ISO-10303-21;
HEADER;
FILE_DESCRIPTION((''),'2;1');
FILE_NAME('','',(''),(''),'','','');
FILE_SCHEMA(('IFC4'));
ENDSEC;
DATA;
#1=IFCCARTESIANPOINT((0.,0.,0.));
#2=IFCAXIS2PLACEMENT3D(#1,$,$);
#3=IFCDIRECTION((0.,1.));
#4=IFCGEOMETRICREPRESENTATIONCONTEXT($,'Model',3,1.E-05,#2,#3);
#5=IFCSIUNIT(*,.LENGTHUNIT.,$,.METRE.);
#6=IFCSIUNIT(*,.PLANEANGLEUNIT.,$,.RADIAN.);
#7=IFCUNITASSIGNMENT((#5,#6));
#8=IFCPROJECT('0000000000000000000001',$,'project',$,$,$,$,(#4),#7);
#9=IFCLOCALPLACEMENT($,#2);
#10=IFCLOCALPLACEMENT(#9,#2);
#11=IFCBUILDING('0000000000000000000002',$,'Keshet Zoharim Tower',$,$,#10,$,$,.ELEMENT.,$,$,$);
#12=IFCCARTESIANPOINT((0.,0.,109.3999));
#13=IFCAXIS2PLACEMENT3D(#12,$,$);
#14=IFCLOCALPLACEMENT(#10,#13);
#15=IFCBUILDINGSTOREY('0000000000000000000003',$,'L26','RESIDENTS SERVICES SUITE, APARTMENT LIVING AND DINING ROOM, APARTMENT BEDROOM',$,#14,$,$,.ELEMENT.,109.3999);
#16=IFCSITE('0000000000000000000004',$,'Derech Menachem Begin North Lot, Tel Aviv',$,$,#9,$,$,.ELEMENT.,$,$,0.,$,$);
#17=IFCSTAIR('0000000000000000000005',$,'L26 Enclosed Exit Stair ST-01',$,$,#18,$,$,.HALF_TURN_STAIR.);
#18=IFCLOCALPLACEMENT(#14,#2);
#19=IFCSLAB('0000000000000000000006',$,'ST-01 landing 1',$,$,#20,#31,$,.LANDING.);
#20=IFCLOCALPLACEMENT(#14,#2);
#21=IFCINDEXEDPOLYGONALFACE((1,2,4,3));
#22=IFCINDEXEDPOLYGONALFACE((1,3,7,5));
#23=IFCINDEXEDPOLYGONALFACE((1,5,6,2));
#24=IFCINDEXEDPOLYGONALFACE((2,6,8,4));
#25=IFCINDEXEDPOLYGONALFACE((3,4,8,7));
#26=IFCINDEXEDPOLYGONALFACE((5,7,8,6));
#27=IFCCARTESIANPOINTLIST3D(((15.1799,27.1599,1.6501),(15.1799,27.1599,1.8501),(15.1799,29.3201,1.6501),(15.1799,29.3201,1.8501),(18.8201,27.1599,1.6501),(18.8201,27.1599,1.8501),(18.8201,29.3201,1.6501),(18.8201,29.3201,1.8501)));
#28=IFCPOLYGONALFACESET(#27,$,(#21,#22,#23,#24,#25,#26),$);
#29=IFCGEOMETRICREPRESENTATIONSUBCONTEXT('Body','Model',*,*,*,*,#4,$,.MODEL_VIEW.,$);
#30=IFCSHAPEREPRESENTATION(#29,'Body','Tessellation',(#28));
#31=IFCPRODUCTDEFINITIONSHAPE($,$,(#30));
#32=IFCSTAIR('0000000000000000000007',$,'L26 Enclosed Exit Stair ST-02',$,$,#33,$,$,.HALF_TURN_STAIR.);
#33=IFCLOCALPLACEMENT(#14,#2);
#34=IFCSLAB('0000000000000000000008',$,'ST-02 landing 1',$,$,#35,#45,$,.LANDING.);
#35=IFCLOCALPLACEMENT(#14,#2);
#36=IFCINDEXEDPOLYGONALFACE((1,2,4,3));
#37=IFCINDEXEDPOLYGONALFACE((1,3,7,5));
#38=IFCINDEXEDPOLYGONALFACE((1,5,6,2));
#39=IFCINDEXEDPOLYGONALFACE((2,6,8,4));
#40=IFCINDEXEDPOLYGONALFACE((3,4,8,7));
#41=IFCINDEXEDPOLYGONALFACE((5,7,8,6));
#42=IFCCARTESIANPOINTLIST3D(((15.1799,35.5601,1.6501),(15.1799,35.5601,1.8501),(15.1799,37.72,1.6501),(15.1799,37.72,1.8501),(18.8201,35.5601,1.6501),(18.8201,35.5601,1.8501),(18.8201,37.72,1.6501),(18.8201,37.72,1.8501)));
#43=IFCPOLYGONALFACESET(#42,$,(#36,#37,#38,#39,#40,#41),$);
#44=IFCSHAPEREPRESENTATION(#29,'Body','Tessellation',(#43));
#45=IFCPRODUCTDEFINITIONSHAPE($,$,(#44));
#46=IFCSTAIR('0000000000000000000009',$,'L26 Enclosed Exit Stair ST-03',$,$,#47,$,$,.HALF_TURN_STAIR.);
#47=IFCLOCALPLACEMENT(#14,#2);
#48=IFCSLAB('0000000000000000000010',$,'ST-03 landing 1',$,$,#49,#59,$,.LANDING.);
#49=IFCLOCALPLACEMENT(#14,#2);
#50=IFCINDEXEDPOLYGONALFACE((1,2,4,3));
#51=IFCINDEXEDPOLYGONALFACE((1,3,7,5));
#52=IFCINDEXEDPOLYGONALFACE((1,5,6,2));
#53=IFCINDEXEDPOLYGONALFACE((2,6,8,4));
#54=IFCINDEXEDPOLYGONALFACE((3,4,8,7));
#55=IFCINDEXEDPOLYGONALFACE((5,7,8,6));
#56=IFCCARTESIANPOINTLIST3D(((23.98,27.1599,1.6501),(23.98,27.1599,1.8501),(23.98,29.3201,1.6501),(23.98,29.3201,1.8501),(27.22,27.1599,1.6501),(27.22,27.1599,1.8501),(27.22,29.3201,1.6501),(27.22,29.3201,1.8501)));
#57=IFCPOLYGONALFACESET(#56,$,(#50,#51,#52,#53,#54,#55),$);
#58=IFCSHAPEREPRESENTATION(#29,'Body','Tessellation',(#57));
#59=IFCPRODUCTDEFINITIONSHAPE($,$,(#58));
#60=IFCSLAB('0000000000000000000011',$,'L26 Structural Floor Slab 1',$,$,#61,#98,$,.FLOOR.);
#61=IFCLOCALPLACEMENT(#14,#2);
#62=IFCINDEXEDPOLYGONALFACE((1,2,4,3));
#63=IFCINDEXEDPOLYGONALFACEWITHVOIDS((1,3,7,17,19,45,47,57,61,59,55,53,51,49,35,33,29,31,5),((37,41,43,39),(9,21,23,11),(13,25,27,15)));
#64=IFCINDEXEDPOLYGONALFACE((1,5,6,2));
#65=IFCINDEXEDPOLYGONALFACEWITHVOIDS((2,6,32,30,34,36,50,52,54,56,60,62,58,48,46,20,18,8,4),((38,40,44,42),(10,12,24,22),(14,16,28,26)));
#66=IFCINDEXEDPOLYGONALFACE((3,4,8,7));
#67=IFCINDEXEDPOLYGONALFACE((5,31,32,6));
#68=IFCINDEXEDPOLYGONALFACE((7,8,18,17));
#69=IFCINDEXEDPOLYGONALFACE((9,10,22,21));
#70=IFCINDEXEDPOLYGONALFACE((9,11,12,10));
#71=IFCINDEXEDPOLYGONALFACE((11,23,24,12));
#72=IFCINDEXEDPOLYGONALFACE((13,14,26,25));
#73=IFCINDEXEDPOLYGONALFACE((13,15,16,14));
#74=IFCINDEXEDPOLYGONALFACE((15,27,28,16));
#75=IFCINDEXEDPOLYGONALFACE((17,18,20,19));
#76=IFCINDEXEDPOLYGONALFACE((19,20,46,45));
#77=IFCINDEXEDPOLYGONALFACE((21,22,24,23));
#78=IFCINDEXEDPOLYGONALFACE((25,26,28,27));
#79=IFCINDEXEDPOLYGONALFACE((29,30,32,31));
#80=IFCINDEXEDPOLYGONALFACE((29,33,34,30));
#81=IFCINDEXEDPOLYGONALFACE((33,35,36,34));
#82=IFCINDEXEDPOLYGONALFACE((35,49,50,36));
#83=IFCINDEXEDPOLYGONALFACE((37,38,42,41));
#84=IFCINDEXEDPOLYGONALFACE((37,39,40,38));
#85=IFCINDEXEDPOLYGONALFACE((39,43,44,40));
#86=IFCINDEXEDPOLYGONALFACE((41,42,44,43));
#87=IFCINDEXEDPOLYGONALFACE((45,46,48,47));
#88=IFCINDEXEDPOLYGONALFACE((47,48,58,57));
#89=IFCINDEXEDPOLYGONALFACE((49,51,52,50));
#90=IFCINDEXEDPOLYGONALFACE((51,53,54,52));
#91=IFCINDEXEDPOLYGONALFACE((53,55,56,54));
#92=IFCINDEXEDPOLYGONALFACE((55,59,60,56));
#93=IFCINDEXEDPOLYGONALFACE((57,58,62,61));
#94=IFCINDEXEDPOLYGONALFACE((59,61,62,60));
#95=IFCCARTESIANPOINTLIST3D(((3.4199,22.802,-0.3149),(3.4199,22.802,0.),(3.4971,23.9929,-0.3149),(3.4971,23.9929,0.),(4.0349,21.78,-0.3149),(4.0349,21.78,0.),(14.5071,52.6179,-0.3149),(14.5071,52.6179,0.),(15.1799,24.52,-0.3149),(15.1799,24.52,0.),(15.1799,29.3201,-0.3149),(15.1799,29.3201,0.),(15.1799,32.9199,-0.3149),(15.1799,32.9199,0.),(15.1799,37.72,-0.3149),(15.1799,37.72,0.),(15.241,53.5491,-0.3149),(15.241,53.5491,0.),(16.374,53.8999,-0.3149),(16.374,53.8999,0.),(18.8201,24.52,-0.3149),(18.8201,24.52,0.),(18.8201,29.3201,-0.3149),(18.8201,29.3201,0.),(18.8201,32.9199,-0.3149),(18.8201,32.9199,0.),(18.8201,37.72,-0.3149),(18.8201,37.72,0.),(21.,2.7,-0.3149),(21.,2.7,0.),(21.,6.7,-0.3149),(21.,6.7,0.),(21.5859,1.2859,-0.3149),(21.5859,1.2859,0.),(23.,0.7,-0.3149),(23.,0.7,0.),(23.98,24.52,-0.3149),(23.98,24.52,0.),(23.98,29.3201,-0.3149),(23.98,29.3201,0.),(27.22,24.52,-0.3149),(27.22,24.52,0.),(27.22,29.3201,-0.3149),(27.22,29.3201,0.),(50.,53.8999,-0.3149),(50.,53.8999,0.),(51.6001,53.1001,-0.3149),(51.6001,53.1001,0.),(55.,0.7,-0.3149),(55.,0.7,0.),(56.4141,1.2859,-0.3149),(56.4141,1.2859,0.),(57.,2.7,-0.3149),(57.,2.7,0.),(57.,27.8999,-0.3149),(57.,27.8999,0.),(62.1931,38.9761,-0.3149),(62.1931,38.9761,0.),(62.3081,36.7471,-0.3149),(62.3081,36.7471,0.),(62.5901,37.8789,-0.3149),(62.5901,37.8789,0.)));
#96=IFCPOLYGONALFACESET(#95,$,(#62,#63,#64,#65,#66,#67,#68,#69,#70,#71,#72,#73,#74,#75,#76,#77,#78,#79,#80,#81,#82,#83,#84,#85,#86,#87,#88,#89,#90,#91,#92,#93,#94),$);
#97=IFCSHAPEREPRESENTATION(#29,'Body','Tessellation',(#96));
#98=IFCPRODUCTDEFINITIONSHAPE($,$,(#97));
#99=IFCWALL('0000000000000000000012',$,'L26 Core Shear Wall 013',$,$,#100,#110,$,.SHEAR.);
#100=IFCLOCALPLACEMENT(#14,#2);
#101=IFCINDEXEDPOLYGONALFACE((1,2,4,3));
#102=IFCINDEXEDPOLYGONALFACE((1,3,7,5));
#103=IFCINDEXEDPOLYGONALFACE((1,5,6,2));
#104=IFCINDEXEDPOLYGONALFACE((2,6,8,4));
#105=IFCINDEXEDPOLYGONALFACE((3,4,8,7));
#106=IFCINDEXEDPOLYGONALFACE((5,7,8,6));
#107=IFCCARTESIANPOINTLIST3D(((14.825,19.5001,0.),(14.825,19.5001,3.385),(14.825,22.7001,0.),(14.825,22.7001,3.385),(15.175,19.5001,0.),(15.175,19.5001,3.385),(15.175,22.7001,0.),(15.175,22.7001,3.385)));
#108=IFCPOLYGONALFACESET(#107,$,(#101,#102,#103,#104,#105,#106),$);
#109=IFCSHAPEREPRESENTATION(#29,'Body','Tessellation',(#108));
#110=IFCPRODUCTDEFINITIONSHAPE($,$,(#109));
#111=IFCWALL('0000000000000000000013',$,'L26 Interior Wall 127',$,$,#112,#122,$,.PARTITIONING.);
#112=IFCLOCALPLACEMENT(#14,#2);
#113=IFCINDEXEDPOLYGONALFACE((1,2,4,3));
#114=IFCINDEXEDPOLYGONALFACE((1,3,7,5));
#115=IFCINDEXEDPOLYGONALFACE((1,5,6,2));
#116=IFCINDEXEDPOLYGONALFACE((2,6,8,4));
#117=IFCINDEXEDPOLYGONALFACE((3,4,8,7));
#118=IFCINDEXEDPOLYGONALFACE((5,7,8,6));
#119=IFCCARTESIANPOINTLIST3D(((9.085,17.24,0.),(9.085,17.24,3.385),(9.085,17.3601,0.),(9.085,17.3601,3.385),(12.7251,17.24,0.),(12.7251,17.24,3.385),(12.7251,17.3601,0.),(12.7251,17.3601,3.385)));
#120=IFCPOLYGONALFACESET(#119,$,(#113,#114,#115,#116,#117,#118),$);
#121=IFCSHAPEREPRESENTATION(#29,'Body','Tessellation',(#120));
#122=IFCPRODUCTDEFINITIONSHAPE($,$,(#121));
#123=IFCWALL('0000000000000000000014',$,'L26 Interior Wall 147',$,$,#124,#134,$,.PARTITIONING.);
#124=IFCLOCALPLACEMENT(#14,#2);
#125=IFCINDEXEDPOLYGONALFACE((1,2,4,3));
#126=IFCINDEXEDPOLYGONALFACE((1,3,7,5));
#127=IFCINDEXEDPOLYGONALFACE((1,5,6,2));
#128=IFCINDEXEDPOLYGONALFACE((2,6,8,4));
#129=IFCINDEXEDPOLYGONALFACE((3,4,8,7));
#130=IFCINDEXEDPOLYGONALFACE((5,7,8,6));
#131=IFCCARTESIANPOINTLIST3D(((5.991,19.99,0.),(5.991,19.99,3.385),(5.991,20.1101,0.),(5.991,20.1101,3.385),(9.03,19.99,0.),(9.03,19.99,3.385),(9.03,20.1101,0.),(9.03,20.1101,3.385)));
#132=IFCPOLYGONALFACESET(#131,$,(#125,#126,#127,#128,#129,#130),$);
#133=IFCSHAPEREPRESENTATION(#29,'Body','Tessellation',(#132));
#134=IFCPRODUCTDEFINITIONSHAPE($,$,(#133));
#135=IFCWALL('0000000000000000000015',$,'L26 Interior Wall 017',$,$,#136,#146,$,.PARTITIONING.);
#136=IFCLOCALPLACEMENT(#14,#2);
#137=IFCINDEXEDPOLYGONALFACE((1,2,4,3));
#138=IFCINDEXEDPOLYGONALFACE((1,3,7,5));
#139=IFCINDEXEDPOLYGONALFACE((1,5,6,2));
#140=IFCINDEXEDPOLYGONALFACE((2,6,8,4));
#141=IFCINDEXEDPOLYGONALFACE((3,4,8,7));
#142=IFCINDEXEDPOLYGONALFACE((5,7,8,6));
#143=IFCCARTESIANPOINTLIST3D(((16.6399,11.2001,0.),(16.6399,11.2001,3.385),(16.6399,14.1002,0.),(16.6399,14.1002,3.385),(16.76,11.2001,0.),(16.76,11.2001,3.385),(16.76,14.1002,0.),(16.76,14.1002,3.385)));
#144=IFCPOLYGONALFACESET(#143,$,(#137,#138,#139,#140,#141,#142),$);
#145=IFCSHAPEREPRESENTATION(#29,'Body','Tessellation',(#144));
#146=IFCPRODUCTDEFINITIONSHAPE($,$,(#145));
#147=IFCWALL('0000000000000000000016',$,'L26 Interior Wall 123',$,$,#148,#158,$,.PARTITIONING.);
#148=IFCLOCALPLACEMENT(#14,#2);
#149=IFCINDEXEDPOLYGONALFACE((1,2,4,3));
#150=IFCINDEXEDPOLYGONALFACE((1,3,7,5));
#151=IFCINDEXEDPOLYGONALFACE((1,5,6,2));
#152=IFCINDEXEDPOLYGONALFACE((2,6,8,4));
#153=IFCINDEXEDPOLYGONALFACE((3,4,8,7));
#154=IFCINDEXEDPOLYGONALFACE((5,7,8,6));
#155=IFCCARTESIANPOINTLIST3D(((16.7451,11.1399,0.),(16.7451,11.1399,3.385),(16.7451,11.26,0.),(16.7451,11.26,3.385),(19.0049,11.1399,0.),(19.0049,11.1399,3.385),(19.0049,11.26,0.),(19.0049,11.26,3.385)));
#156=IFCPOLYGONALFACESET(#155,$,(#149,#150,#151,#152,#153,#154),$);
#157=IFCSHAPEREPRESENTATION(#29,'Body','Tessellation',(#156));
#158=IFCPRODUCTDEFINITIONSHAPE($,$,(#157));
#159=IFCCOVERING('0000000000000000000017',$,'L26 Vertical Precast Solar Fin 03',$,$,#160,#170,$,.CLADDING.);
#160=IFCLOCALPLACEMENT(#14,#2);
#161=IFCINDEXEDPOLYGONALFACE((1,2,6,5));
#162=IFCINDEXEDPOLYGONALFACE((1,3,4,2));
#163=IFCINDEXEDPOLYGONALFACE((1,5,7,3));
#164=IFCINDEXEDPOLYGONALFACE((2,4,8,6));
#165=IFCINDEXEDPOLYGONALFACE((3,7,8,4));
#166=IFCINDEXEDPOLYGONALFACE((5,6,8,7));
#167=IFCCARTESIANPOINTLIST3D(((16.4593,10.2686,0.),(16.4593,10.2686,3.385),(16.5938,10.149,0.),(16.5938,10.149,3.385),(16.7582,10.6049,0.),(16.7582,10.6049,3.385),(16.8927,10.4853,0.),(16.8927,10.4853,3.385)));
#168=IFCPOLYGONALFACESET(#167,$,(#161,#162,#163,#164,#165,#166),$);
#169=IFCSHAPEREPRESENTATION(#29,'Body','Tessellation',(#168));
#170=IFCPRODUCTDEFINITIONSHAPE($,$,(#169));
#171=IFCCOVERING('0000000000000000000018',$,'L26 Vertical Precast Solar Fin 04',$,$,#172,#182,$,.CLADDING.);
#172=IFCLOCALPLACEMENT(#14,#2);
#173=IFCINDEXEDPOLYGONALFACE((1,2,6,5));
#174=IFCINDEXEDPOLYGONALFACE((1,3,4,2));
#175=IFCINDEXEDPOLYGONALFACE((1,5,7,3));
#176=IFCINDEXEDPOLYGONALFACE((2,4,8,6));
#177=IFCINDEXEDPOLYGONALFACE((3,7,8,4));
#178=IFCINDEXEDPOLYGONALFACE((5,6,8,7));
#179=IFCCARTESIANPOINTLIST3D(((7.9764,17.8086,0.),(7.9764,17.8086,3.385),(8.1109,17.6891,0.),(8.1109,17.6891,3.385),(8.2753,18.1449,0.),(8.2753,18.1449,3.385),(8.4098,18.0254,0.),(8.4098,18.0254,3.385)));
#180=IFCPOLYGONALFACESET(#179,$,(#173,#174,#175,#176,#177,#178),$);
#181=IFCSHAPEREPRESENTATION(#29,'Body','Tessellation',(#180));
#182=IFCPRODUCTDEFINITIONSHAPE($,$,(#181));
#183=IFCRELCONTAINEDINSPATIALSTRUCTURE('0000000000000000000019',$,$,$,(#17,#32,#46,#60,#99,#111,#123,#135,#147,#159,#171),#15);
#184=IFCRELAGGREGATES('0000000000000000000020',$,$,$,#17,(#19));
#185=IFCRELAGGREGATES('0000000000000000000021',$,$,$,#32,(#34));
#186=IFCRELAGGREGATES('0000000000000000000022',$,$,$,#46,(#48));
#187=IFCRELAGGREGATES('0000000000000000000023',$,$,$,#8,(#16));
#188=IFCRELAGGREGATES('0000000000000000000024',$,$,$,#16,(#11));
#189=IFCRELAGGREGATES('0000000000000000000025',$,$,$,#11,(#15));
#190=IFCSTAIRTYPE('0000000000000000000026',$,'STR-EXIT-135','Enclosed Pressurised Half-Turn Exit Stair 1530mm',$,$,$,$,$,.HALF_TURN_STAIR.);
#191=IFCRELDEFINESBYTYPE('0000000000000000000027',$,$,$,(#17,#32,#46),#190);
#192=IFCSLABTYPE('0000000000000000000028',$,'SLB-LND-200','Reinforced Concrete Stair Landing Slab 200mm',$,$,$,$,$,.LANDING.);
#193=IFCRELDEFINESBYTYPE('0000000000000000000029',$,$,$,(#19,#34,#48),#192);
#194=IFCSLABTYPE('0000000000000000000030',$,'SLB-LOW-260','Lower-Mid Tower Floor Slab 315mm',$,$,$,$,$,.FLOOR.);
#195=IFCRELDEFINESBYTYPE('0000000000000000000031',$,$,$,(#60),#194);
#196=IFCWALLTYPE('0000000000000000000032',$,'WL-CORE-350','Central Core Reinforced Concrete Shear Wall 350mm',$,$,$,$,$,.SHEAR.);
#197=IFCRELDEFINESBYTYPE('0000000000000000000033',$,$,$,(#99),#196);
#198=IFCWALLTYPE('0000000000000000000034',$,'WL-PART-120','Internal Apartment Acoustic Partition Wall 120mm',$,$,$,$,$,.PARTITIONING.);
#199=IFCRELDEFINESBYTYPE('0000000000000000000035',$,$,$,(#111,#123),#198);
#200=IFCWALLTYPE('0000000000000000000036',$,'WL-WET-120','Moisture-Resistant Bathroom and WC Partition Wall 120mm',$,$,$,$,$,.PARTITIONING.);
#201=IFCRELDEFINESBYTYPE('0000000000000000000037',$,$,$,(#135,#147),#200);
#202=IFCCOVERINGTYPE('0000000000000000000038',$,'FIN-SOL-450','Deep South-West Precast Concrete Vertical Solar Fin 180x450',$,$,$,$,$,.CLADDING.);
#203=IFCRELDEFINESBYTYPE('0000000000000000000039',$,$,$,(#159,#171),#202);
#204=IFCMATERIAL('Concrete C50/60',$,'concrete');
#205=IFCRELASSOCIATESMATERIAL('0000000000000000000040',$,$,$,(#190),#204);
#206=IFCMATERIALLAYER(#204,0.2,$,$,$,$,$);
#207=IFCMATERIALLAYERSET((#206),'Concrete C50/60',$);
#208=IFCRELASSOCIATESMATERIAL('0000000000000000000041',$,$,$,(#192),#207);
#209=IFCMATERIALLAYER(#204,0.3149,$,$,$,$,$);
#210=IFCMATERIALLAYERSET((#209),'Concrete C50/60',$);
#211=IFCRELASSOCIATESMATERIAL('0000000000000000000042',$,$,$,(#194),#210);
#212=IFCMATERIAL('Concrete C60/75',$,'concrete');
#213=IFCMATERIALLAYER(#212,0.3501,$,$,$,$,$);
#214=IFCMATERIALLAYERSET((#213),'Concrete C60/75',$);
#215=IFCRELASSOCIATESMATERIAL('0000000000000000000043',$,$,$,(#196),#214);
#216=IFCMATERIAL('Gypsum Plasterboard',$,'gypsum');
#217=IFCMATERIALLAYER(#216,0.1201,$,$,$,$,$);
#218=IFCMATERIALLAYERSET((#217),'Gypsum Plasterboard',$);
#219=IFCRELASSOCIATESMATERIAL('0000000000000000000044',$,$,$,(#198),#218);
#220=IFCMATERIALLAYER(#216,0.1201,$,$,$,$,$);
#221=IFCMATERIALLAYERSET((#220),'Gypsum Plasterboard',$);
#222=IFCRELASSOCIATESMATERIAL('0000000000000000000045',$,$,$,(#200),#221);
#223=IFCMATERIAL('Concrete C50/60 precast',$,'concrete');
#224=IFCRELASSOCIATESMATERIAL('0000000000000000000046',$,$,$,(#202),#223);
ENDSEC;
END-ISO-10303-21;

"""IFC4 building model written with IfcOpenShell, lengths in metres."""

from ifc_helpers import new_model, si_unit, direction, frame, frame_2d, origin, origin_2d, place, context, subcontext, project, spatial, polyline, rectangle, outline, extrude, material, layer, layer_set, type_object, element, aggregate, save


model = new_model("IFC4")

# Units and contexts
model_context = context("Model", 3, precision=1e-05, world=origin(), true_north=direction((0.0, 1.0)))
body_context = subcontext(model_context, "Body", "Model", "MODEL_VIEW")
ifc_project = project(units=[si_unit("LENGTHUNIT", "METRE"), si_unit("PLANEANGLEUNIT", "RADIAN")], contexts=[model_context])

# Site, building, storey
site_placement = place(None, origin())
site = spatial("IfcSite", under=ifc_project, at=site_placement, Name="Derech Menachem Begin North Lot, Tel Aviv", CompositionType="ELEMENT", RefElevation=0.0)
building_placement = place(site_placement, origin())
building = spatial("IfcBuilding", under=site, at=building_placement, Name="Keshet Zoharim Tower", CompositionType="ELEMENT")
storey_placement = place(building_placement, frame((0.0, 0.0, 109.3999)))
storey = spatial("IfcBuildingStorey", under=building, at=storey_placement, Name="L26", Description="RESIDENTS SERVICES SUITE, APARTMENT LIVING AND DINING ROOM, APARTMENT BEDROOM", CompositionType="ELEMENT", Elevation=109.3999)

# Shared definitions
ifc_material_1 = material(Name="Concrete C60/75", Category="concrete")

# Stairs, slabs
ifc_material_2 = material(Name="Concrete C50/60", Category="concrete")
stair_type = type_object("IfcStairType", Name="STR-EXIT-135", Description="Enclosed Pressurised Half-Turn Exit Stair 1530mm", PredefinedType="HALF_TURN_STAIR", material=ifc_material_2)
stair_1_placement = place(storey_placement, origin())
stair_1 = element("IfcStair", 1, at=stair_1_placement, inside=storey, type_object=stair_type, Name="L26 Enclosed Exit Stair ST-01", PredefinedType="HALF_TURN_STAIR")
ifc_layer_1 = layer(ifc_material_2, 0.2)
ifc_layer_set_1 = layer_set([ifc_layer_1], Name="Concrete C50/60")
slab_type_1 = type_object("IfcSlabType", Name="SLB-LND-200", Description="Reinforced Concrete Stair Landing Slab 200mm", PredefinedType="LANDING", material=ifc_layer_set_1)
slab_1_placement = place(storey_placement, frame((0.0, 0.0, 1.6501)))
slab_1 = element("IfcSlab", 2, at=slab_1_placement, type_object=slab_type_1, Name="ST-01 landing 1", PredefinedType="LANDING", context=body_context, shape_type="SweptSolid", body=[
    extrude(outline(polyline([(15.1799, 27.1599), (18.8201, 27.1599), (18.8201, 29.3201), (15.1799, 29.3201), (15.1799, 27.1599)])), origin(), (0.0, 0.0, 1.0), 0.2),
])
aggregate(stair_1, [slab_1])
stair_2_placement = place(storey_placement, origin())
stair_2 = element("IfcStair", 3, at=stair_2_placement, inside=storey, type_object=stair_type, Name="L26 Enclosed Exit Stair ST-02", PredefinedType="HALF_TURN_STAIR")
slab_2_placement = place(storey_placement, frame((0.0, 0.0, 1.6501)))
slab_2 = element("IfcSlab", 4, at=slab_2_placement, type_object=slab_type_1, Name="ST-02 landing 1", PredefinedType="LANDING", context=body_context, shape_type="SweptSolid", body=[
    extrude(outline(polyline([(15.1799, 35.5601), (18.8201, 35.5601), (18.8201, 37.72), (15.1799, 37.72), (15.1799, 35.5601)])), origin(), (0.0, 0.0, 1.0), 0.2),
])
aggregate(stair_2, [slab_2])
stair_3_placement = place(storey_placement, origin())
stair_3 = element("IfcStair", 5, at=stair_3_placement, inside=storey, type_object=stair_type, Name="L26 Enclosed Exit Stair ST-03", PredefinedType="HALF_TURN_STAIR")
slab_3_placement = place(storey_placement, frame((0.0, 0.0, 1.6501)))
slab_3 = element("IfcSlab", 6, at=slab_3_placement, type_object=slab_type_1, Name="ST-03 landing 1", PredefinedType="LANDING", context=body_context, shape_type="SweptSolid", body=[
    extrude(outline(polyline([(23.98, 27.1599), (27.22, 27.1599), (27.22, 29.3201), (23.98, 29.3201), (23.98, 27.1599)])), origin(), (0.0, 0.0, 1.0), 0.2),
])
aggregate(stair_3, [slab_3])

# Slab
ifc_layer_2 = layer(ifc_material_2, 0.3149)
ifc_layer_set_2 = layer_set([ifc_layer_2], Name="Concrete C50/60")
slab_type_2 = type_object("IfcSlabType", Name="SLB-LOW-260", Description="Lower-Mid Tower Floor Slab 315mm", PredefinedType="FLOOR", material=ifc_layer_set_2)
slab_4_placement = place(storey_placement, frame((0.0, 0.0, -0.3149)))
element("IfcSlab", 7, at=slab_4_placement, inside=storey, type_object=slab_type_2, Name="L26 Structural Floor Slab 1", PredefinedType="FLOOR", context=body_context, shape_type="SweptSolid", body=[
    extrude(outline(polyline([(57.0, 2.7), (56.4141, 1.2859), (55.0, 0.7), (23.0, 0.7), (21.5859, 1.2859), (21.0, 2.7), (21.0, 6.7), (4.0349, 21.78), (3.4199, 22.802), (3.4971, 23.9929), (14.5071, 52.6179), (15.241, 53.5491), (16.374, 53.8999), (50.0, 53.8999), (51.6001, 53.1001), (62.1931, 38.9761), (62.5901, 37.8789), (62.3081, 36.7471), (57.0, 27.8999), (57.0, 2.7)]), holes=[polyline([(15.1799, 24.52), (18.8201, 24.52), (18.8201, 29.3201), (15.1799, 29.3201), (15.1799, 24.52)]), polyline([(15.1799, 32.9199), (18.8201, 32.9199), (18.8201, 37.72), (15.1799, 37.72), (15.1799, 32.9199)]), polyline([(23.98, 24.52), (27.22, 24.52), (27.22, 29.3201), (23.98, 29.3201), (23.98, 24.52)])]), origin(), (0.0, 0.0, 1.0), 0.3149),
])

# Wall
ifc_layer_3 = layer(ifc_material_1, 0.3501)
ifc_layer_set_3 = layer_set([ifc_layer_3], Name="Concrete C60/75")
wall_type_1 = type_object("IfcWallType", Name="WL-CORE-350", Description="Central Core Reinforced Concrete Shear Wall 350mm", PredefinedType="SHEAR", material=ifc_layer_set_3)
wall_1_placement = place(storey_placement, frame((15.0, 19.5, 0.0), z_axis=(0.0, 0.0, 1.0), x_axis=(0.0, 1.0, 0.0)))
element("IfcWall", 8, at=wall_1_placement, inside=storey, type_object=wall_type_1, Name="L26 Core Shear Wall 013", PredefinedType="SHEAR", context=body_context, shape_type="SweptSolid", body=[
    extrude(rectangle(XDim=3.2, YDim=0.3501, at=frame_2d((1.6001, 0.0))), origin(), (0.0, 0.0, 1.0), 3.385),
])

# Shared definitions
ifc_material_3 = material(Name="Gypsum Plasterboard", Category="gypsum")
ifc_layer_4 = layer(ifc_material_3, 0.1201)
ifc_layer_set_4 = layer_set([ifc_layer_4], Name="Gypsum Plasterboard")
wall_type_2 = type_object("IfcWallType", Name="WL-PART-120", Description="Internal Apartment Acoustic Partition Wall 120mm", PredefinedType="PARTITIONING", material=ifc_layer_set_4)

# Walls
wall_2_placement = place(storey_placement, frame((9.085, 17.3, 0.0), z_axis=(0.0, 0.0, 1.0), x_axis=(1.0, 0.0, 0.0)))
element("IfcWall", 9, at=wall_2_placement, inside=storey, type_object=wall_type_2, Name="L26 Interior Wall 127", PredefinedType="PARTITIONING", context=body_context, shape_type="SweptSolid", body=[
    extrude(rectangle(XDim=3.6401, YDim=0.1201, at=frame_2d((1.8201, 0.0))), origin(), (0.0, 0.0, 1.0), 3.385),
])
wall_3_placement = place(storey_placement, frame((5.991, 20.05, 0.0), z_axis=(0.0, 0.0, 1.0), x_axis=(1.0, 0.0, 0.0)))
element("IfcWall", 10, at=wall_3_placement, inside=storey, type_object=wall_type_2, Name="L26 Interior Wall 147", PredefinedType="PARTITIONING", context=body_context, shape_type="SweptSolid", body=[
    extrude(rectangle(XDim=3.0391, YDim=0.1201, at=frame_2d((1.5195, 0.0))), origin(), (0.0, 0.0, 1.0), 3.385),
])
ifc_layer_5 = layer(ifc_material_3, 0.1201)
ifc_layer_set_5 = layer_set([ifc_layer_5], Name="Gypsum Plasterboard")
wall_type_3 = type_object("IfcWallType", Name="WL-WET-120", Description="Moisture-Resistant Bathroom and WC Partition Wall 120mm", PredefinedType="PARTITIONING", material=ifc_layer_set_5)
wall_4_placement = place(storey_placement, frame((16.7, 11.2, 0.0), z_axis=(0.0, 0.0, 1.0), x_axis=(0.0, 1.0, 0.0)))
element("IfcWall", 11, at=wall_4_placement, inside=storey, type_object=wall_type_3, Name="L26 Interior Wall 017", PredefinedType="PARTITIONING", context=body_context, shape_type="SweptSolid", body=[
    extrude(rectangle(XDim=2.9001, YDim=0.1201, at=frame_2d((1.4502, 0.0))), origin(), (0.0, 0.0, 1.0), 3.385),
])
wall_5_placement = place(storey_placement, frame((16.7451, 11.2, 0.0), z_axis=(0.0, 0.0, 1.0), x_axis=(1.0, 0.0, 0.0)))
element("IfcWall", 12, at=wall_5_placement, inside=storey, type_object=wall_type_3, Name="L26 Interior Wall 123", PredefinedType="PARTITIONING", context=body_context, shape_type="SweptSolid", body=[
    extrude(rectangle(XDim=2.2598, YDim=0.1201, at=frame_2d((1.1299, 0.0))), origin(), (0.0, 0.0, 1.0), 3.385),
])

# Coverings
ifc_material_4 = material(Name="Concrete C50/60 precast", Category="concrete")
covering_type = type_object("IfcCoveringType", Name="FIN-SOL-450", Description="Deep South-West Precast Concrete Vertical Solar Fin 180x450", PredefinedType="CLADDING", material=ifc_material_4)
for number, where, z_axis, x_axis, name in (
    (13, (16.676, 10.377, 0.0), (0.0, 0.0, 1.0), (-0.747409, 0.664364, 0.0), "L26 Vertical Precast Solar Fin 03"),
    (14, (8.1931, 17.917, 0.0), (0.0, 0.0, 1.0), (-0.747409, 0.664364, 0.0), "L26 Vertical Precast Solar Fin 04"),
):
    element("IfcCovering", number, at=place(storey_placement, frame(where, z_axis=z_axis, x_axis=x_axis)), inside=storey, type_object=covering_type, Name=name, PredefinedType="CLADDING", context=body_context, shape_type="SweptSolid", body=[
        extrude(rectangle(XDim=0.1799, YDim=0.45, at=origin_2d()), origin(), (0.0, 0.0, 1.0), 3.385),
    ])

save(model, "model.ifc")
